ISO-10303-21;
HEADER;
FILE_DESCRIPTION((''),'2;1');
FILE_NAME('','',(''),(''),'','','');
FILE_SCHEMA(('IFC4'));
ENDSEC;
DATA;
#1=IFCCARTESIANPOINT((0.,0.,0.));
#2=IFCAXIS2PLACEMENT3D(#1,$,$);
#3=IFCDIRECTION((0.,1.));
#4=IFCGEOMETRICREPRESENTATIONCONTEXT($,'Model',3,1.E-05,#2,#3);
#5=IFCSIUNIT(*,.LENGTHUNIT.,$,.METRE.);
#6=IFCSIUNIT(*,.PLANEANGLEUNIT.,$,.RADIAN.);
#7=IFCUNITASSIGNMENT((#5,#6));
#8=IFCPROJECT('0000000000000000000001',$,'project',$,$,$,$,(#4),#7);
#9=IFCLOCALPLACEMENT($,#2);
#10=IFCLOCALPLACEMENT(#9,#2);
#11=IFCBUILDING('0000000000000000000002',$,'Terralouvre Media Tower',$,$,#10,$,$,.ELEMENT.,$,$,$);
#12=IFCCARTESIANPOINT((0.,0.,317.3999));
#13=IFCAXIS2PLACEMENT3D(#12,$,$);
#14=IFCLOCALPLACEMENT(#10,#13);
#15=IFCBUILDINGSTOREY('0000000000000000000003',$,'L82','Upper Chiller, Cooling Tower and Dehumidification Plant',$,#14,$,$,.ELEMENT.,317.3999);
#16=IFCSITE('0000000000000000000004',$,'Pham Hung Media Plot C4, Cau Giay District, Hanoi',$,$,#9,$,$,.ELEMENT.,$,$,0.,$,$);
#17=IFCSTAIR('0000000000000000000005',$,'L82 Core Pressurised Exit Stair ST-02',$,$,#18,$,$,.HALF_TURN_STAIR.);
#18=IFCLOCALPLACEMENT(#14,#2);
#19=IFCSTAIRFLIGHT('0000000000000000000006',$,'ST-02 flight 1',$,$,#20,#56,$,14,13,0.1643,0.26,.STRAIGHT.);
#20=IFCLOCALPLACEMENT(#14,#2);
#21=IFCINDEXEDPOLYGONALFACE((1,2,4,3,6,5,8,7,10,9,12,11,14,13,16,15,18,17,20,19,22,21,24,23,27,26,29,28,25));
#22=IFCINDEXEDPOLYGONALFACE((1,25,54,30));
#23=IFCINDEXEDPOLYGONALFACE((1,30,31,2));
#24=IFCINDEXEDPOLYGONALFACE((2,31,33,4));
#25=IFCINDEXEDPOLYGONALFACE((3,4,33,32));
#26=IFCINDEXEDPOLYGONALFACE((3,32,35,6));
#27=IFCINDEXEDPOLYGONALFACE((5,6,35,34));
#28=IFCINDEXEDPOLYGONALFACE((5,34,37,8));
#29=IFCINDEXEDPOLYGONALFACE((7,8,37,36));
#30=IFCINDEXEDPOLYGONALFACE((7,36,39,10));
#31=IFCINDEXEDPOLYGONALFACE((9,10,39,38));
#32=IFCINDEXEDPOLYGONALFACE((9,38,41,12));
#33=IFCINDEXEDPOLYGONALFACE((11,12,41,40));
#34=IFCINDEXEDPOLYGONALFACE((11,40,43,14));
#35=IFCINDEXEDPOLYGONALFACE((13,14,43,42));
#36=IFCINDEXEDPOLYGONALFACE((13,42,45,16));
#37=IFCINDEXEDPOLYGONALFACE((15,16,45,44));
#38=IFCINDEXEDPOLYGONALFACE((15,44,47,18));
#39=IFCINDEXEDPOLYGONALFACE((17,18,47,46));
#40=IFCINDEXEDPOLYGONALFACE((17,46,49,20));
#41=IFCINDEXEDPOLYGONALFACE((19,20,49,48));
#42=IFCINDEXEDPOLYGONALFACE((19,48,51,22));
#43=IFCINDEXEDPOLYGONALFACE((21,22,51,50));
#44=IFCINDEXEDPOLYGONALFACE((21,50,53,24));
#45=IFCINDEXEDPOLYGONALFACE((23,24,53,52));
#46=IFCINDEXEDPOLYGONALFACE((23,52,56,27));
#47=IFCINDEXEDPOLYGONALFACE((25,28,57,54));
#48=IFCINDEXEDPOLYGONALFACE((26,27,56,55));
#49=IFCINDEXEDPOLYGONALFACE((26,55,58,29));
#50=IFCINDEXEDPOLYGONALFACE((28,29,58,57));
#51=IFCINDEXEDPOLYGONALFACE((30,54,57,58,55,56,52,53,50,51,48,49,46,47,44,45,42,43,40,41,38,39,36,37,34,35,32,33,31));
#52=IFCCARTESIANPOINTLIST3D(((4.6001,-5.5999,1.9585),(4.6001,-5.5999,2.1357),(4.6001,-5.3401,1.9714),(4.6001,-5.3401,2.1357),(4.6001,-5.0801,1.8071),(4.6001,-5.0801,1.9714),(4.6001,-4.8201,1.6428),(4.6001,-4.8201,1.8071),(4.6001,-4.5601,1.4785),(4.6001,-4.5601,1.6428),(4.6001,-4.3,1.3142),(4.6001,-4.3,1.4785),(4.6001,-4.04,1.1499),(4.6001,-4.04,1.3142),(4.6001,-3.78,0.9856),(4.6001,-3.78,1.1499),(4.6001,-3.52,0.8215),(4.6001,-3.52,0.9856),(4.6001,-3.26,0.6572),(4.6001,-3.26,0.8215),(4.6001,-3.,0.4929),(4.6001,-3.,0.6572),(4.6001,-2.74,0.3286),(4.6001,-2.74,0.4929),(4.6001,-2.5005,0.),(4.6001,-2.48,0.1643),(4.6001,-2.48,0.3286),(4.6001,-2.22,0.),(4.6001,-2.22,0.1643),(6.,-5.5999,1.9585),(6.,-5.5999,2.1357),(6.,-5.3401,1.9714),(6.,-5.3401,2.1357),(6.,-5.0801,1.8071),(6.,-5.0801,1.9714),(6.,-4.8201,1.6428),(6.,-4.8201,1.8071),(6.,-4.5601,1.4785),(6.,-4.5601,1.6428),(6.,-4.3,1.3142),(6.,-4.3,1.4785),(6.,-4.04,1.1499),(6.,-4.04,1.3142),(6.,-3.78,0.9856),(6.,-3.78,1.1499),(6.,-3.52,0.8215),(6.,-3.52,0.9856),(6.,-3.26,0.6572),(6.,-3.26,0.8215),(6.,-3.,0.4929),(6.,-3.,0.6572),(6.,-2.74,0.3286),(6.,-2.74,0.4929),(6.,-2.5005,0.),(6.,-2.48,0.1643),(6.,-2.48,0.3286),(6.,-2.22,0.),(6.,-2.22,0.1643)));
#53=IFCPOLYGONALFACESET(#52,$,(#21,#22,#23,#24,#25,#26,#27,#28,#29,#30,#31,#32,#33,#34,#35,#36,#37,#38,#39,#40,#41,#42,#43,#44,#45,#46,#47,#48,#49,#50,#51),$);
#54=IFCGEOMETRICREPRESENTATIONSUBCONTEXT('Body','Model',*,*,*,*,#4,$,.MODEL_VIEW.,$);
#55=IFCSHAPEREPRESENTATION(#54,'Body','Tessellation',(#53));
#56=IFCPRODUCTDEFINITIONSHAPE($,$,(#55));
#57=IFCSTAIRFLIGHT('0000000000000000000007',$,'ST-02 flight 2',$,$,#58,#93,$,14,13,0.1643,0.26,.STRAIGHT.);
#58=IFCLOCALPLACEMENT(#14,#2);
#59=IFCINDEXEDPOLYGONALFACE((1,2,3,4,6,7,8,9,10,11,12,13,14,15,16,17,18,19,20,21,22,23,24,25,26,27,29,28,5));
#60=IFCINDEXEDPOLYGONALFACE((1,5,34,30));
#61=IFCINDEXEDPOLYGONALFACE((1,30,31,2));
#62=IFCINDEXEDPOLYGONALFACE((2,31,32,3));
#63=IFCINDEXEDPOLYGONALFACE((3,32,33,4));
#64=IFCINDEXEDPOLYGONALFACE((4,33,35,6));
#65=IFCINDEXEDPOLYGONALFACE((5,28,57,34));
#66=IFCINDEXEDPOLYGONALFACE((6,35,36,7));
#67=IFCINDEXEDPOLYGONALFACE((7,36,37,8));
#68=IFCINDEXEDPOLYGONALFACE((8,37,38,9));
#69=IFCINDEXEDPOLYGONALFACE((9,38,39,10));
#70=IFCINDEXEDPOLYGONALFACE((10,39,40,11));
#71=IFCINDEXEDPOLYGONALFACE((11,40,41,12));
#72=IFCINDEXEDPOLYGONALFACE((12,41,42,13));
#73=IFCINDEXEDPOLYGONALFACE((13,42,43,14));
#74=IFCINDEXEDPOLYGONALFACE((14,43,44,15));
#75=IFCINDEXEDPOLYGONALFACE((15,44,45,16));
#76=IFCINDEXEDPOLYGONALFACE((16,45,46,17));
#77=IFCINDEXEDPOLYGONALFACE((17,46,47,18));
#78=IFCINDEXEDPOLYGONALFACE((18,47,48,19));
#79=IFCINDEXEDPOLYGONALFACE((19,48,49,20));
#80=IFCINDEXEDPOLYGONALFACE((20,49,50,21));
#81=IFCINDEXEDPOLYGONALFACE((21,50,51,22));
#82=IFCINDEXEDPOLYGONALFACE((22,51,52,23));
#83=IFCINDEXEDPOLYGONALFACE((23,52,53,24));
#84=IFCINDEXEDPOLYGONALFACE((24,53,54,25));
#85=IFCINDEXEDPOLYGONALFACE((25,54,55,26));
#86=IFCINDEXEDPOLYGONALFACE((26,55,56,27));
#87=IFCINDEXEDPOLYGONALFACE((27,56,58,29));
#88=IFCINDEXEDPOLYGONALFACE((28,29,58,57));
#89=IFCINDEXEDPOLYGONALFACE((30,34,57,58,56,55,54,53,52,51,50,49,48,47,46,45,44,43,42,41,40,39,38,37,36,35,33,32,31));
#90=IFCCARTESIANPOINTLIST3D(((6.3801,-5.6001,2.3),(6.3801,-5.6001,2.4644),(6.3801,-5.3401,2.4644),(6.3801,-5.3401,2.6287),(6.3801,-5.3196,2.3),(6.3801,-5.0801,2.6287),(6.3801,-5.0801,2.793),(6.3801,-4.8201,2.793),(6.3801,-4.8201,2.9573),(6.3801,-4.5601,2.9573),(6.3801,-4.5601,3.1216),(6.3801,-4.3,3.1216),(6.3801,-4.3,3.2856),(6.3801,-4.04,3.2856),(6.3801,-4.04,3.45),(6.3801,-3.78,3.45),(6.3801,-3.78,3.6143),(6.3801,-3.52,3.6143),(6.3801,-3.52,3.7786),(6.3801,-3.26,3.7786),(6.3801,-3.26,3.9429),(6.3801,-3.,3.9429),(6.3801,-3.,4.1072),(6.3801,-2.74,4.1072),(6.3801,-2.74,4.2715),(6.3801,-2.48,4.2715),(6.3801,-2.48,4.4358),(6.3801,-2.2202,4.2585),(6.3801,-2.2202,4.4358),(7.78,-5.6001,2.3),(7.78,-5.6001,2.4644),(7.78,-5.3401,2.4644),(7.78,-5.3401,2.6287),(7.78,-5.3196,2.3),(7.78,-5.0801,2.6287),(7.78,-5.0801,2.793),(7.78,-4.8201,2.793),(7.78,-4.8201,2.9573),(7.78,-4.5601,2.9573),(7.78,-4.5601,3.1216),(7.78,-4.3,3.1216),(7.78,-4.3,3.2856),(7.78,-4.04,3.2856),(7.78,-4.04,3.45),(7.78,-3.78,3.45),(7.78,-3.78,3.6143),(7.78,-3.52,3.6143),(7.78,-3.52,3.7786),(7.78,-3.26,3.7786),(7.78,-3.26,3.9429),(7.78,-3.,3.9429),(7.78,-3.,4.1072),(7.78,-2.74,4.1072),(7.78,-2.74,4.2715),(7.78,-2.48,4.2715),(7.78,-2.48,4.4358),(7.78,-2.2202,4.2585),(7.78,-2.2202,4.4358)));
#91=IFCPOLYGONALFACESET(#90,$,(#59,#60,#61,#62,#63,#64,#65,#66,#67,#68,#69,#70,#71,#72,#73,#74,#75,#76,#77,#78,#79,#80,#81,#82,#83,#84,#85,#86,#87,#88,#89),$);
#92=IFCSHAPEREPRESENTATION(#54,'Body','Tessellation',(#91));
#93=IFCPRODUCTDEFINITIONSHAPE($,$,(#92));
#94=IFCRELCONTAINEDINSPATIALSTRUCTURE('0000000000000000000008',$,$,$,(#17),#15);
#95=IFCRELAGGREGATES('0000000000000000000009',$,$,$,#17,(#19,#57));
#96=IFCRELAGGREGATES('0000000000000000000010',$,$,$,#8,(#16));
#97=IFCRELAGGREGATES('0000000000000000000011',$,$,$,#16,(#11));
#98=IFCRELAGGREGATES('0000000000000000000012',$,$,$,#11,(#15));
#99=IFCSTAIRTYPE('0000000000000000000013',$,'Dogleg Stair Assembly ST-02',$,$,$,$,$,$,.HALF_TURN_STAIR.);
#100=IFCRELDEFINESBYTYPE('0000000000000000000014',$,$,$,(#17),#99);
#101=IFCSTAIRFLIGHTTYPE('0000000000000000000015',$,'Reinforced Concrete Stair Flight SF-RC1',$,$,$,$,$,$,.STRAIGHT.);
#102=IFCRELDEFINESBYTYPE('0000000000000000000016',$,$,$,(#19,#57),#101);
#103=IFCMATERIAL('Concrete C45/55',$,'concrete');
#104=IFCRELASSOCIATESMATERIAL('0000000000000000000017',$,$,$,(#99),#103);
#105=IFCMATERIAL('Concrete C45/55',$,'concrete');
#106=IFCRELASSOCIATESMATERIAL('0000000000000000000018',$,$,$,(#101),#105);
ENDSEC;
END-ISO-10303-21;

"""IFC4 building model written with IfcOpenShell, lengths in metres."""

from ifc_helpers import new_model, si_unit, direction, frame, origin, place, context, subcontext, project, spatial, polyline, outline, extrude, material, type_object, element, aggregate, save


model = new_model("IFC4")

# Units and contexts
model_context = context("Model", 3, precision=1e-05, world=origin(), true_north=direction((0.0, 1.0)))
body_context = subcontext(model_context, "Body", "Model", "MODEL_VIEW")
ifc_project = project(units=[si_unit("LENGTHUNIT", "METRE"), si_unit("PLANEANGLEUNIT", "RADIAN")], contexts=[model_context])

# Site, building, storey
site_placement = place(None, origin())
site = spatial("IfcSite", under=ifc_project, at=site_placement, Name="Pham Hung Media Plot C4, Cau Giay District, Hanoi", CompositionType="ELEMENT", RefElevation=0.0)
building_placement = place(site_placement, origin())
building = spatial("IfcBuilding", under=site, at=building_placement, Name="Terralouvre Media Tower", CompositionType="ELEMENT")
storey_placement = place(building_placement, frame((0.0, 0.0, 317.3999)))
storey = spatial("IfcBuildingStorey", under=building, at=storey_placement, Name="L82", Description="Upper Chiller, Cooling Tower and Dehumidification Plant", CompositionType="ELEMENT", Elevation=317.3999)

# Stair, stair flights
ifc_material_1 = material(Name="Concrete C45/55", Category="concrete")
stair_type = type_object("IfcStairType", Name="Dogleg Stair Assembly ST-02", PredefinedType="HALF_TURN_STAIR", material=ifc_material_1)
stair_placement = place(storey_placement, origin())
stair = element("IfcStair", 1, at=stair_placement, inside=storey, type_object=stair_type, Name="L82 Core Pressurised Exit Stair ST-02", PredefinedType="HALF_TURN_STAIR")
ifc_material_2 = material(Name="Concrete C45/55", Category="concrete")
stair_flight_type = type_object("IfcStairFlightType", Name="Reinforced Concrete Stair Flight SF-RC1", PredefinedType="STRAIGHT", material=ifc_material_2)
stair_flight_1_placement = place(storey_placement, frame((5.3, -2.22, 0.0), z_axis=(0.0, 0.0, 1.0), x_axis=(0.0, -1.0, 0.0)))
stair_flight_1 = element("IfcStairFlight", 2, at=stair_flight_1_placement, type_object=stair_flight_type, Name="ST-02 flight 1", NumberOfRisers=14, NumberOfTreads=13, PredefinedType="STRAIGHT", RiserHeight=0.1643, TreadLength=0.26, context=body_context, shape_type="SweptSolid", body=[
    extrude(outline(polyline([(0.0, 0.0), (0.0, 0.1643), (0.26, 0.1643), (0.26, 0.3286), (0.52, 0.3286), (0.52, 0.4929), (0.78, 0.4929), (0.78, 0.6572), (1.04, 0.6572), (1.04, 0.8215), (1.3, 0.8215), (1.3, 0.9856), (1.5601, 0.9856), (1.5601, 1.1499), (1.8201, 1.1499), (1.8201, 1.3142), (2.0801, 1.3142), (2.0801, 1.4785), (2.3401, 1.4785), (2.3401, 1.6428), (2.6001, 1.6428), (2.6001, 1.8071), (2.8601, 1.8071), (2.8601, 1.9714), (3.1201, 1.9714), (3.1201, 2.1357), (3.3799, 2.1357), (3.3799, 2.3), (3.3799, 1.9585), (0.2805, 0.0), (0.0, 0.0)])), frame((0.0, 0.7, 0.0), z_axis=(0.0, -1.0, 0.0), x_axis=(1.0, 0.0, 0.0)), (0.0, 0.0, 1.0), 1.3999),
])
stair_flight_2_placement = place(storey_placement, frame((7.0801, -5.6001, 2.3), z_axis=(0.0, 0.0, 1.0), x_axis=(0.0, 1.0, 0.0)))
stair_flight_2 = element("IfcStairFlight", 3, at=stair_flight_2_placement, type_object=stair_flight_type, Name="ST-02 flight 2", NumberOfRisers=14, NumberOfTreads=13, PredefinedType="STRAIGHT", RiserHeight=0.1643, TreadLength=0.26, context=body_context, shape_type="SweptSolid", body=[
    extrude(outline(polyline([(0.0, 0.0), (0.0, 0.1643), (0.26, 0.1643), (0.26, 0.3286), (0.52, 0.3286), (0.52, 0.4929), (0.78, 0.4929), (0.78, 0.6572), (1.04, 0.6572), (1.04, 0.8215), (1.3, 0.8215), (1.3, 0.9856), (1.5601, 0.9856), (1.5601, 1.1499), (1.8201, 1.1499), (1.8201, 1.3142), (2.0801, 1.3142), (2.0801, 1.4785), (2.3401, 1.4785), (2.3401, 1.6428), (2.6001, 1.6428), (2.6001, 1.8071), (2.8601, 1.8071), (2.8601, 1.9714), (3.1201, 1.9714), (3.1201, 2.1357), (3.3799, 2.1357), (3.3799, 2.3), (3.3799, 1.9585), (0.2805, 0.0), (0.0, 0.0)])), frame((0.0, 0.7, 0.0), z_axis=(0.0, -1.0, 0.0), x_axis=(1.0, 0.0, 0.0)), (0.0, 0.0, 1.0), 1.3999),
])
aggregate(stair, [stair_flight_1, stair_flight_2])

save(model, "model.ifc")
